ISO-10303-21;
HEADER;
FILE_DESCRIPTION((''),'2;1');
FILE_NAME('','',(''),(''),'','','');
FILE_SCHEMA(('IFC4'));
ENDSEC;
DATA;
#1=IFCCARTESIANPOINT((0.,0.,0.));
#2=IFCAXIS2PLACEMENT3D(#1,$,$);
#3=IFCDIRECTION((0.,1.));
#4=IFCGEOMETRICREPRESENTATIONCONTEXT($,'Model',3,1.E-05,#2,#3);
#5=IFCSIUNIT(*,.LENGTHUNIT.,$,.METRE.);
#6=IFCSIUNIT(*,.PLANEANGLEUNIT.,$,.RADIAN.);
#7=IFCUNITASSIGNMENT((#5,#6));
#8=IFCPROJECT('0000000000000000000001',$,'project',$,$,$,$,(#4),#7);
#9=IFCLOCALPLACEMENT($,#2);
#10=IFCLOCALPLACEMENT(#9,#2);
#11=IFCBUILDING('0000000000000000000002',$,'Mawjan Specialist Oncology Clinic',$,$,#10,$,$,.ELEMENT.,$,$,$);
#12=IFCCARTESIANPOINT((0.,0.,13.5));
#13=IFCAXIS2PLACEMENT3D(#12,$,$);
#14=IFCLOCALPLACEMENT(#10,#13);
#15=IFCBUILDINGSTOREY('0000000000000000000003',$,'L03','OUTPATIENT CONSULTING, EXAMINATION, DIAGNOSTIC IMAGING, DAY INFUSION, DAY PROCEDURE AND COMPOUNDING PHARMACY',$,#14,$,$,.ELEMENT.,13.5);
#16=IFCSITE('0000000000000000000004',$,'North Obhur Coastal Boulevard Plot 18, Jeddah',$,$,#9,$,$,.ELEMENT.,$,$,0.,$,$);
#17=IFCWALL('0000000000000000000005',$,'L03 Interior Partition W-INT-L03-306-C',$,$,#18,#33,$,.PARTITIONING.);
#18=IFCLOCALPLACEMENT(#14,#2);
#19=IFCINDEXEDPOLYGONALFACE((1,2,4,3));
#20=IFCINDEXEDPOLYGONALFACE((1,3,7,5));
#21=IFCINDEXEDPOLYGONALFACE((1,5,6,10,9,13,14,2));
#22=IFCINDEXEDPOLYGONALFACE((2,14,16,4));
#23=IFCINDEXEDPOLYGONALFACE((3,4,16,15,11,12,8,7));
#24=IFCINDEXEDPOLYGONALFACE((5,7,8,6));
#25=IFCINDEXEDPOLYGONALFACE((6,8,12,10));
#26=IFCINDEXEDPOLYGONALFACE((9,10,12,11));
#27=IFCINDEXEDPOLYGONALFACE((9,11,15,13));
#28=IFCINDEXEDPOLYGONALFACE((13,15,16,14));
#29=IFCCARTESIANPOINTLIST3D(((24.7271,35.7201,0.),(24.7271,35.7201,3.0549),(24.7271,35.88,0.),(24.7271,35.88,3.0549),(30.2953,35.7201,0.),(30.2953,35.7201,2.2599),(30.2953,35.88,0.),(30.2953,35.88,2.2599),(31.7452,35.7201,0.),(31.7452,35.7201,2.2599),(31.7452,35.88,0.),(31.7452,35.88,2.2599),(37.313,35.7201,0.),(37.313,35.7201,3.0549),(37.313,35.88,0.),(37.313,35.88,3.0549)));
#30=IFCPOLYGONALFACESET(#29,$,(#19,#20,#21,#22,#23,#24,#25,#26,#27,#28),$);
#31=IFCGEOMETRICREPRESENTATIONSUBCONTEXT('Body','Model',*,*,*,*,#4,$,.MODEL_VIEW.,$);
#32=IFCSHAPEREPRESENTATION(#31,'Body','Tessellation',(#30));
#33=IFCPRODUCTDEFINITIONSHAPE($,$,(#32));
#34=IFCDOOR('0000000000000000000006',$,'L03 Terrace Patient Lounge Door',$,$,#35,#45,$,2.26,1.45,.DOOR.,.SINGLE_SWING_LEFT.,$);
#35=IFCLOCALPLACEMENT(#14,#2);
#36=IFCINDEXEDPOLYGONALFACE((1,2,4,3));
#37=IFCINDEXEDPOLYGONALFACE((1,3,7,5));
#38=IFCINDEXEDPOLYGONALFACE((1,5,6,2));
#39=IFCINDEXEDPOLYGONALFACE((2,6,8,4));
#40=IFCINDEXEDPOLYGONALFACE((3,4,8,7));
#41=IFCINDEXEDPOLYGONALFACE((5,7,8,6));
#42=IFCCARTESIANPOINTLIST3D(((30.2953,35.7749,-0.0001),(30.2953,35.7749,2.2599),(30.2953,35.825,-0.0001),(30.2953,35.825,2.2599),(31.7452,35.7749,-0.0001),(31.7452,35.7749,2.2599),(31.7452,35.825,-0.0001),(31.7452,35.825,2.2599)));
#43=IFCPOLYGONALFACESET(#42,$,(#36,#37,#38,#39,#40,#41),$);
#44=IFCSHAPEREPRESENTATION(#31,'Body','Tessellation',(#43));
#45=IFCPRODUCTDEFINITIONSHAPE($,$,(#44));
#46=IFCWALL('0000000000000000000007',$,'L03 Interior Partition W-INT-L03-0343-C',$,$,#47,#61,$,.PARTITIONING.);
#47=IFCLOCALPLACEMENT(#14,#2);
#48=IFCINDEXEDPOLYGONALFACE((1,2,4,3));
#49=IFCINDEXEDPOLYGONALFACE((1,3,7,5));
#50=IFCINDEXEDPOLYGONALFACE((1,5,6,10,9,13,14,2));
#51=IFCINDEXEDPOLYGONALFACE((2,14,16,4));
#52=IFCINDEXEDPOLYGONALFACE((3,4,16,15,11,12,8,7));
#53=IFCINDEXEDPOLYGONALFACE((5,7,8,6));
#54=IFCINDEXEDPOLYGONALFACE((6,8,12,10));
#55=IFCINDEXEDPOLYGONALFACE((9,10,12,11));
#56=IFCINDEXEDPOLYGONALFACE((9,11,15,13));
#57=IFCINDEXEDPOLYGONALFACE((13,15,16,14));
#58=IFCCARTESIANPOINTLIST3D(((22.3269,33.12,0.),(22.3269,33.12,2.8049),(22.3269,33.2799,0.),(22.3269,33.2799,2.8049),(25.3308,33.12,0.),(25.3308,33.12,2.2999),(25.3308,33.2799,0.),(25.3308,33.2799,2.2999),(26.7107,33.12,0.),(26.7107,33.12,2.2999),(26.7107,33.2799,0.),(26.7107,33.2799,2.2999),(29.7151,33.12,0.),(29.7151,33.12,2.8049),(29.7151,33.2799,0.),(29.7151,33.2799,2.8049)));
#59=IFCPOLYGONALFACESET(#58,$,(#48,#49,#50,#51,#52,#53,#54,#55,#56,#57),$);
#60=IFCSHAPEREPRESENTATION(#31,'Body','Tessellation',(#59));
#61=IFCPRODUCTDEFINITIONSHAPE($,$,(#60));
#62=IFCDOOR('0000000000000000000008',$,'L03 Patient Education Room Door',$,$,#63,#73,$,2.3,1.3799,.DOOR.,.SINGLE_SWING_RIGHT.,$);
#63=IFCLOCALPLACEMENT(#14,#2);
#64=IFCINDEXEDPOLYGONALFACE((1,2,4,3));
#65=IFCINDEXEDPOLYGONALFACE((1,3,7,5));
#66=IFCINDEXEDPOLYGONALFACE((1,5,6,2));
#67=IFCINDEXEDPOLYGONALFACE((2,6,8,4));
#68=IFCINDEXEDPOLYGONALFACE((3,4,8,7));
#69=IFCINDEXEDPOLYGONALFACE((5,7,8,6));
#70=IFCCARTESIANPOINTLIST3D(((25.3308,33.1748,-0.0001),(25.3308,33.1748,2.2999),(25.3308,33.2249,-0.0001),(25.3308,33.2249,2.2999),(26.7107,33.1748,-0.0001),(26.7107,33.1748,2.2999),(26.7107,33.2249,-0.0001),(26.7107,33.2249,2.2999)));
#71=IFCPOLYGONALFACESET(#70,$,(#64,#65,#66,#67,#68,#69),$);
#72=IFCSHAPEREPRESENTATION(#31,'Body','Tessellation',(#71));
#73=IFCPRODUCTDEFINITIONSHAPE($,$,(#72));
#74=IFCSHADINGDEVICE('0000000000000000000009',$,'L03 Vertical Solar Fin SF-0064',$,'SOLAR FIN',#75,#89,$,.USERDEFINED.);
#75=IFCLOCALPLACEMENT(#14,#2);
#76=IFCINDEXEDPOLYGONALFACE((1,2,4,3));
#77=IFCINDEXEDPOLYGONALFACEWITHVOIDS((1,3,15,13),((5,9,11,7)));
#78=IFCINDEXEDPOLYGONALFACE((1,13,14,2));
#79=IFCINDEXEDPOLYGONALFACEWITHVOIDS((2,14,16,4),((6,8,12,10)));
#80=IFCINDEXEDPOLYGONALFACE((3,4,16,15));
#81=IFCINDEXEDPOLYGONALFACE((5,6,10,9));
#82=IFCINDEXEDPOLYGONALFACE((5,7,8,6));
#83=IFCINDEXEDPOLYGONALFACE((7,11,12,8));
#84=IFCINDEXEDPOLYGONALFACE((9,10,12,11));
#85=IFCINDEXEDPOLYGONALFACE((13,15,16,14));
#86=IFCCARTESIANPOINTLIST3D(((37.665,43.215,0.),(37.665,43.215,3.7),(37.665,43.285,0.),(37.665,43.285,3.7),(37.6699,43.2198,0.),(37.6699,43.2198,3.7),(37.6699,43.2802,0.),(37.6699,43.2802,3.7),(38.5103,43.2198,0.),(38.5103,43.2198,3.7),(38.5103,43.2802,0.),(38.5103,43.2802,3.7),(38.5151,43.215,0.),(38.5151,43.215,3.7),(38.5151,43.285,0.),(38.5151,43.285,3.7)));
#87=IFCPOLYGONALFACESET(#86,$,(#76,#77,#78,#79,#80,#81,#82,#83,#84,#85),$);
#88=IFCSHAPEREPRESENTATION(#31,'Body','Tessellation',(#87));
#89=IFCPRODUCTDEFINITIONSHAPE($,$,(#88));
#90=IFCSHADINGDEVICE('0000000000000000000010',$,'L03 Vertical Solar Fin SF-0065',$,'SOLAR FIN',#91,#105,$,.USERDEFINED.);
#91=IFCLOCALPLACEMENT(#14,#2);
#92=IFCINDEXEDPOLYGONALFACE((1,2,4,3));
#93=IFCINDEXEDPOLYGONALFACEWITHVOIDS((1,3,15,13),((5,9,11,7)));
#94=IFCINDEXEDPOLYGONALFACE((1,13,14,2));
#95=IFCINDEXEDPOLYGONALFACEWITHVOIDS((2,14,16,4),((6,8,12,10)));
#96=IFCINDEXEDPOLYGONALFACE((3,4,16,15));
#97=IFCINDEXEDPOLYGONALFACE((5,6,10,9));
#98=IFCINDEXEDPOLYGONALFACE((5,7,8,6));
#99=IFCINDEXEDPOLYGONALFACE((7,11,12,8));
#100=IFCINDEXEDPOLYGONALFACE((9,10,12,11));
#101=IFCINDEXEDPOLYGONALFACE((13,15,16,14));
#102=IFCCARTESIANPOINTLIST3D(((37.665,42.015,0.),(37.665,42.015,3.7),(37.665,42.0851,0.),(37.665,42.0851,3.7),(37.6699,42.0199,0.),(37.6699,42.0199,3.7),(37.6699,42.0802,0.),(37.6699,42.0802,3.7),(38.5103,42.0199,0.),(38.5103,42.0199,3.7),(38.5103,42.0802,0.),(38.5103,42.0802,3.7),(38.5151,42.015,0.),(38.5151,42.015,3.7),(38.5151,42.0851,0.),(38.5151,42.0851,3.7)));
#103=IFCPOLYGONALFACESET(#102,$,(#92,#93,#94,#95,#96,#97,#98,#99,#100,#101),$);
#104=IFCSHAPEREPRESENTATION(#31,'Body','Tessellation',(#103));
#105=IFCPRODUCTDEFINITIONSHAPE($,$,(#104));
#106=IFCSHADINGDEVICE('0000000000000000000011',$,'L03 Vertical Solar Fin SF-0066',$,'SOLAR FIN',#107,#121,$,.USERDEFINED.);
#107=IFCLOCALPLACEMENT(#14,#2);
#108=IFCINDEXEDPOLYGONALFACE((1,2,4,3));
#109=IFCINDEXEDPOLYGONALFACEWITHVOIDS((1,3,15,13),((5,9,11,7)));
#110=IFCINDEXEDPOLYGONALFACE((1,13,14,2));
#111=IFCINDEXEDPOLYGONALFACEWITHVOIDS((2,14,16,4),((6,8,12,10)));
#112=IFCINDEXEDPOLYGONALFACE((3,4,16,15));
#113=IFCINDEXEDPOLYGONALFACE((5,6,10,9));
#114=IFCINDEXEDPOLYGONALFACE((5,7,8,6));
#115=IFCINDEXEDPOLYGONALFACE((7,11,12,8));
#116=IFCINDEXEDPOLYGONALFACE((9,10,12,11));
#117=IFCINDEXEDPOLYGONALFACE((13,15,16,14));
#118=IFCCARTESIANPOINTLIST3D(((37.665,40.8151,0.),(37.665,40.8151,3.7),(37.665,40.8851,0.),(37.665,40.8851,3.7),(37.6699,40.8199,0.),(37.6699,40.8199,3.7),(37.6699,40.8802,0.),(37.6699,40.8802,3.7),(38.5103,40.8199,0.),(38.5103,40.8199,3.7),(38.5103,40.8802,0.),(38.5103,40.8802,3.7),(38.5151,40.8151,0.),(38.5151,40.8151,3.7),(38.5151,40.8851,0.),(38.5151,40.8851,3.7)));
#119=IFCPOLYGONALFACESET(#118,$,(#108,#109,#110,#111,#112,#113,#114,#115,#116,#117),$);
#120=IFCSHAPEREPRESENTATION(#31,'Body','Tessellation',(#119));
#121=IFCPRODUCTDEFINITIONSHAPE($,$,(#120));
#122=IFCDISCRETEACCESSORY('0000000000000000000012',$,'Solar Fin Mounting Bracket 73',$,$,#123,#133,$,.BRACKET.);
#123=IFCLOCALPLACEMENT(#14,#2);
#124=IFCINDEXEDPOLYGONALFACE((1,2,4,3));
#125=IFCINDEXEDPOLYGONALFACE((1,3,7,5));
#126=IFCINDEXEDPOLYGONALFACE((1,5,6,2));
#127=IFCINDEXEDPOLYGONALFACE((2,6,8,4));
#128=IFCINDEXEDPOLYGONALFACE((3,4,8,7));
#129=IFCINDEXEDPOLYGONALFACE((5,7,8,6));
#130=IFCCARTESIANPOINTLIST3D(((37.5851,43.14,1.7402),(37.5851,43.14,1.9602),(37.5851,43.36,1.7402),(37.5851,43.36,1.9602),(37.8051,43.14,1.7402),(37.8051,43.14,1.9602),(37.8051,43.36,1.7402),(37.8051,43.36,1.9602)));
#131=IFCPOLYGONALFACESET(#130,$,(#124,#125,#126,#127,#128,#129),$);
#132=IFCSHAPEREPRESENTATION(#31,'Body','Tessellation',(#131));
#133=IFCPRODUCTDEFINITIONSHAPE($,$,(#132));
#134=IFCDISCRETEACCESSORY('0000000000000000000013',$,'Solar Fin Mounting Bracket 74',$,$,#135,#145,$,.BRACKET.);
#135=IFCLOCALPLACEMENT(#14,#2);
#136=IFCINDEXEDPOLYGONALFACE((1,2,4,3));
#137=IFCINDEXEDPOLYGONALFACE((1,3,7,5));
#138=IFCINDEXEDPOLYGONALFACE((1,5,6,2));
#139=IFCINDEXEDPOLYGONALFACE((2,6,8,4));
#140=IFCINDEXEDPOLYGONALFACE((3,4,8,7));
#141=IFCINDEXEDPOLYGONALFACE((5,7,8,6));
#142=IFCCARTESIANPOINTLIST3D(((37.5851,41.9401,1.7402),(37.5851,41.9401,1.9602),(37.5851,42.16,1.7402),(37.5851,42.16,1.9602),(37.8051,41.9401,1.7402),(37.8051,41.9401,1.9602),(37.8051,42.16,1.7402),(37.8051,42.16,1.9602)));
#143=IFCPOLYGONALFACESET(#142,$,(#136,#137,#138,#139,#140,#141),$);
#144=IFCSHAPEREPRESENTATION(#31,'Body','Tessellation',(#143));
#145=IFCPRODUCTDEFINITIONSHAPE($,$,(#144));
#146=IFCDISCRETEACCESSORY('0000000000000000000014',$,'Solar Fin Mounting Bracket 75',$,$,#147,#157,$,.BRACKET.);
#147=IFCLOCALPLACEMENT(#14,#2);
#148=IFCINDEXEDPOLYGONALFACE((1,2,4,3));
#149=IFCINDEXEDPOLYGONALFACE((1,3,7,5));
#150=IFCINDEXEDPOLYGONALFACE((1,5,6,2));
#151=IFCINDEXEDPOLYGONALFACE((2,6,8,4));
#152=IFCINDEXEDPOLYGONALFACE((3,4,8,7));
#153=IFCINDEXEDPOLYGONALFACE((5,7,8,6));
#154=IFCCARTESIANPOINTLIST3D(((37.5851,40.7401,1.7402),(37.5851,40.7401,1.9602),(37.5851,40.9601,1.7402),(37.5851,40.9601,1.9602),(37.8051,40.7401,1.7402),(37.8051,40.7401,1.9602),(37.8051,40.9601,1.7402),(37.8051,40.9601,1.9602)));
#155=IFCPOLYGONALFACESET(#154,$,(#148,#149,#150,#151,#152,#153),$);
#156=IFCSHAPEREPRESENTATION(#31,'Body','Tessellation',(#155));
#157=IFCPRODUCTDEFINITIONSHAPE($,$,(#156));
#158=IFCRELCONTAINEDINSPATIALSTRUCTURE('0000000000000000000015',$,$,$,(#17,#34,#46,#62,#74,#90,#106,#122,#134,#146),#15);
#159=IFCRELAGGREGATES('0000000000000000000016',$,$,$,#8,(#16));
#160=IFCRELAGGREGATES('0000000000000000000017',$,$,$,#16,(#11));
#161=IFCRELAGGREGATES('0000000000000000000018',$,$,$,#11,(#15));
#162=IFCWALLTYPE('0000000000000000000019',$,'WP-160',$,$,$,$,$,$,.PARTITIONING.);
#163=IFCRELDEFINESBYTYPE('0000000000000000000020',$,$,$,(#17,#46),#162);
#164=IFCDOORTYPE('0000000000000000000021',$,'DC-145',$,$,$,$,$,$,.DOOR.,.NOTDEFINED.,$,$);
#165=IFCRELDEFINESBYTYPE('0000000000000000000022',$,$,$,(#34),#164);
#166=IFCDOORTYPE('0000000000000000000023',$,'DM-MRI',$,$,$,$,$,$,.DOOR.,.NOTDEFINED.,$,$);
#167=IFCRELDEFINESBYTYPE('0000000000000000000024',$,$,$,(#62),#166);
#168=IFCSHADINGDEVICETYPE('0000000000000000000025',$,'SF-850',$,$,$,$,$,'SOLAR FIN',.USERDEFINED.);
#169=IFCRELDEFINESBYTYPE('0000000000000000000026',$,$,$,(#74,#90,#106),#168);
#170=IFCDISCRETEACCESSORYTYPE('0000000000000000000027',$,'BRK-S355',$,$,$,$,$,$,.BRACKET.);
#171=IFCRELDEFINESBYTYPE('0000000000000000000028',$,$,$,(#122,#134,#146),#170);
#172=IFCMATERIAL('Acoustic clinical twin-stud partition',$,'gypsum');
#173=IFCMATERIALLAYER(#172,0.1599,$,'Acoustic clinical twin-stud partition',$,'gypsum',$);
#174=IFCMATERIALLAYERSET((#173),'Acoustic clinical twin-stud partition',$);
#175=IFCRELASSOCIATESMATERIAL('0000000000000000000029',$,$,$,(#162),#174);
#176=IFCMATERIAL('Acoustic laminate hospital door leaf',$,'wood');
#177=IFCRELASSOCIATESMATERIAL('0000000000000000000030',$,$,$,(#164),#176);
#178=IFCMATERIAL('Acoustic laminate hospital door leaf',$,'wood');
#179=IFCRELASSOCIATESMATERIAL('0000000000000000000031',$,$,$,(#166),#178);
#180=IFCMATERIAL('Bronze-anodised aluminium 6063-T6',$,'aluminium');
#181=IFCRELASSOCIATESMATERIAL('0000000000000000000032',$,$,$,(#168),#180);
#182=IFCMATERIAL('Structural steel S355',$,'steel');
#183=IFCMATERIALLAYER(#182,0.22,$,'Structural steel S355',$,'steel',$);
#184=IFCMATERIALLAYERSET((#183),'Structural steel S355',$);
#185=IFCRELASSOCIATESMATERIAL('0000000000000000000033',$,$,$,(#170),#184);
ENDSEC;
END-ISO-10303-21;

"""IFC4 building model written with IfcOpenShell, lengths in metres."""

from ifc_helpers import new_model, si_unit, direction, frame, frame_2d, origin, origin_2d, place, context, subcontext, project, spatial, rectangle, hollow_rectangle, extrude, material, layer, layer_set, material_profile, profile_set, type_object, element, fill, save


model = new_model("IFC4")

# Units and contexts
model_context = context("Model", 3, precision=1e-05, world=origin(), true_north=direction((0.0, 1.0)))
body_context = subcontext(model_context, "Body", "Model", "MODEL_VIEW")
ifc_project = project(units=[si_unit("LENGTHUNIT", "METRE"), si_unit("PLANEANGLEUNIT", "RADIAN")], contexts=[model_context])

# Site, building, storey
site_placement = place(None, origin())
site = spatial("IfcSite", under=ifc_project, at=site_placement, Name="North Obhur Coastal Boulevard Plot 18, Jeddah", CompositionType="ELEMENT", RefElevation=0.0)
building_placement = place(site_placement, origin())
building = spatial("IfcBuilding", under=site, at=building_placement, Name="Mawjan Specialist Oncology Clinic", CompositionType="ELEMENT")
storey_placement = place(building_placement, frame((0.0, 0.0, 13.5)))
storey = spatial("IfcBuildingStorey", under=building, at=storey_placement, Name="L03", Description="OUTPATIENT CONSULTING, EXAMINATION, DIAGNOSTIC IMAGING, DAY INFUSION, DAY PROCEDURE AND COMPOUNDING PHARMACY", CompositionType="ELEMENT", Elevation=13.5)

# Walls, openings, doors
ifc_material_1 = material(Name="Acoustic clinical twin-stud partition", Category="gypsum")
ifc_layer_1 = layer(ifc_material_1, 0.1599, Name="Acoustic clinical twin-stud partition", Category="gypsum")
ifc_layer_set_1 = layer_set([ifc_layer_1], Name="Acoustic clinical twin-stud partition")
wall_type_1 = type_object("IfcWallType", Name="WP-160", PredefinedType="PARTITIONING", material=ifc_layer_set_1)
wall_1_placement = place(storey_placement, frame((24.7271, 35.8, 0.0), z_axis=(0.0, 0.0, 1.0), x_axis=(1.0, 0.0, 0.0)))
wall_1 = element("IfcWall", 1, at=wall_1_placement, inside=storey, type_object=wall_type_1, Name="L03 Interior Partition W-INT-L03-306-C", PredefinedType="PARTITIONING", context=body_context, shape_type="SweptSolid", body=[
    extrude(rectangle(XDim=12.5859, YDim=0.1599, at=frame_2d((6.293, 0.0))), origin(), (0.0, 0.0, 1.0), 3.0549),
])
opening_1_placement = place(wall_1_placement, frame((5.5681, 0.0, 0.0)))
opening_1 = element("IfcOpeningElement", 2, at=opening_1_placement, cuts=wall_1, PredefinedType="OPENING", context=body_context, shape_type="SweptSolid", body=[
    extrude(rectangle(XDim=1.45, YDim=2.26, at=frame_2d((0.7251, 1.1299))), frame((0.0, 0.092, 0.0), z_axis=(0.0, -1.0, 0.0), x_axis=(1.0, 0.0, 0.0)), (0.0, 0.0, 1.0), 0.1838),
])
ifc_material_2 = material(Name="Acoustic laminate hospital door leaf", Category="wood")
door_type_1 = type_object("IfcDoorType", Name="DC-145", OperationType="NOTDEFINED", PredefinedType="DOOR", material=ifc_material_2)
door_1_placement = place(opening_1_placement, origin())
door_1 = element("IfcDoor", 3, at=door_1_placement, inside=storey, type_object=door_type_1, Name="L03 Terrace Patient Lounge Door", OperationType="SINGLE_SWING_LEFT", OverallHeight=2.26, OverallWidth=1.45, PredefinedType="DOOR", context=body_context, shape_type="SweptSolid", body=[
    extrude(rectangle(XDim=1.45, YDim=2.26, at=frame_2d((0.7251, 1.1299))), frame((0.0, 0.0249, 0.0), z_axis=(0.0, -1.0, 0.0), x_axis=(1.0, 0.0, 0.0)), (0.0, 0.0, 1.0), 0.05),
])
fill(opening_1, door_1)
wall_2_placement = place(storey_placement, frame((22.3269, 33.2, 0.0), z_axis=(0.0, 0.0, 1.0), x_axis=(1.0, 0.0, 0.0)))
wall_2 = element("IfcWall", 4, at=wall_2_placement, inside=storey, type_object=wall_type_1, Name="L03 Interior Partition W-INT-L03-0343-C", PredefinedType="PARTITIONING", context=body_context, shape_type="SweptSolid", body=[
    extrude(rectangle(XDim=7.3882, YDim=0.1599, at=frame_2d((3.6941, 0.0))), origin(), (0.0, 0.0, 1.0), 2.8049),
])
opening_2_placement = place(wall_2_placement, frame((3.0039, 0.0, 0.0)))
opening_2 = element("IfcOpeningElement", 5, at=opening_2_placement, cuts=wall_2, PredefinedType="OPENING", context=body_context, shape_type="SweptSolid", body=[
    extrude(rectangle(XDim=1.3799, YDim=2.3, at=frame_2d((0.6899, 1.1499))), frame((0.0, 0.092, 0.0), z_axis=(0.0, -1.0, 0.0), x_axis=(1.0, 0.0, 0.0)), (0.0, 0.0, 1.0), 0.1838),
])
ifc_material_3 = material(Name="Acoustic laminate hospital door leaf", Category="wood")
door_type_2 = type_object("IfcDoorType", Name="DM-MRI", OperationType="NOTDEFINED", PredefinedType="DOOR", material=ifc_material_3)
door_2_placement = place(opening_2_placement, origin())
door_2 = element("IfcDoor", 6, at=door_2_placement, inside=storey, type_object=door_type_2, Name="L03 Patient Education Room Door", OperationType="SINGLE_SWING_RIGHT", OverallHeight=2.3, OverallWidth=1.3799, PredefinedType="DOOR", context=body_context, shape_type="SweptSolid", body=[
    extrude(rectangle(XDim=1.3799, YDim=2.3, at=frame_2d((0.6899, 1.1499))), frame((0.0, 0.0249, 0.0), z_axis=(0.0, -1.0, 0.0), x_axis=(1.0, 0.0, 0.0)), (0.0, 0.0, 1.0), 0.05),
])
fill(opening_2, door_2)

# Shading devices
ifc_material_4 = material(Name="Bronze-anodised aluminium 6063-T6", Category="aluminium")
ifc_material_profile_1 = material_profile(ifc_material_4, hollow_rectangle(XDim=0.0701, YDim=0.8501, WallThickness=0.0049, at=origin_2d()), Name="FIN 850x70x5", Category="aluminium")
ifc_profile_set_1 = profile_set([ifc_material_profile_1], Name="Bronze-anodised aluminium 6063-T6")
shading_device_type = type_object("IfcShadingDeviceType", Name="SF-850", ElementType="SOLAR FIN", PredefinedType="USERDEFINED", material=ifc_profile_set_1)
for number, where, z_axis, x_axis, name in (
    (7, (38.0901, 43.25, 0.0), (0.0, 0.0, 1.0), (0.0, -1.0, 0.0), "L03 Vertical Solar Fin SF-0064"),
    (8, (38.0901, 42.05, 0.0), (0.0, 0.0, 1.0), (0.0, -1.0, 0.0), "L03 Vertical Solar Fin SF-0065"),
    (9, (38.0901, 40.8501, 0.0), (0.0, 0.0, 1.0), (0.0, -1.0, 0.0), "L03 Vertical Solar Fin SF-0066"),
):
    element("IfcShadingDevice", number, at=place(storey_placement, frame(where, z_axis=z_axis, x_axis=x_axis)), inside=storey, type_object=shading_device_type, Name=name, ObjectType="SOLAR FIN", PredefinedType="USERDEFINED", context=body_context, shape_type="SweptSolid", body=[
        extrude(hollow_rectangle(XDim=0.0701, YDim=0.8501, WallThickness=0.0049, at=origin_2d()), origin(), (0.0, 0.0, 1.0), 3.7),
    ])

# Discrete accessories
ifc_material_5 = material(Name="Structural steel S355", Category="steel")
ifc_layer_2 = layer(ifc_material_5, 0.22, Name="Structural steel S355", Category="steel")
ifc_layer_set_2 = layer_set([ifc_layer_2], Name="Structural steel S355")
discrete_accessory_type = type_object("IfcDiscreteAccessoryType", Name="BRK-S355", PredefinedType="BRACKET", material=ifc_layer_set_2)
for number, where, z_axis, x_axis, name in (
    (10, (37.6951, 43.25, 1.7402), (0.0, 0.0, 1.0), (0.0, -1.0, 0.0), "Solar Fin Mounting Bracket 73"),
    (11, (37.6951, 42.05, 1.7402), (0.0, 0.0, 1.0), (0.0, -1.0, 0.0), "Solar Fin Mounting Bracket 74"),
    (12, (37.6951, 40.8501, 1.7402), (0.0, 0.0, 1.0), (0.0, -1.0, 0.0), "Solar Fin Mounting Bracket 75"),
):
    element("IfcDiscreteAccessory", number, at=place(storey_placement, frame(where, z_axis=z_axis, x_axis=x_axis)), inside=storey, type_object=discrete_accessory_type, Name=name, PredefinedType="BRACKET", context=body_context, shape_type="SweptSolid", body=[
        extrude(rectangle(XDim=0.22, YDim=0.22, at=origin_2d()), origin(), (0.0, 0.0, 1.0), 0.22),
    ])

save(model, "model.ifc")
